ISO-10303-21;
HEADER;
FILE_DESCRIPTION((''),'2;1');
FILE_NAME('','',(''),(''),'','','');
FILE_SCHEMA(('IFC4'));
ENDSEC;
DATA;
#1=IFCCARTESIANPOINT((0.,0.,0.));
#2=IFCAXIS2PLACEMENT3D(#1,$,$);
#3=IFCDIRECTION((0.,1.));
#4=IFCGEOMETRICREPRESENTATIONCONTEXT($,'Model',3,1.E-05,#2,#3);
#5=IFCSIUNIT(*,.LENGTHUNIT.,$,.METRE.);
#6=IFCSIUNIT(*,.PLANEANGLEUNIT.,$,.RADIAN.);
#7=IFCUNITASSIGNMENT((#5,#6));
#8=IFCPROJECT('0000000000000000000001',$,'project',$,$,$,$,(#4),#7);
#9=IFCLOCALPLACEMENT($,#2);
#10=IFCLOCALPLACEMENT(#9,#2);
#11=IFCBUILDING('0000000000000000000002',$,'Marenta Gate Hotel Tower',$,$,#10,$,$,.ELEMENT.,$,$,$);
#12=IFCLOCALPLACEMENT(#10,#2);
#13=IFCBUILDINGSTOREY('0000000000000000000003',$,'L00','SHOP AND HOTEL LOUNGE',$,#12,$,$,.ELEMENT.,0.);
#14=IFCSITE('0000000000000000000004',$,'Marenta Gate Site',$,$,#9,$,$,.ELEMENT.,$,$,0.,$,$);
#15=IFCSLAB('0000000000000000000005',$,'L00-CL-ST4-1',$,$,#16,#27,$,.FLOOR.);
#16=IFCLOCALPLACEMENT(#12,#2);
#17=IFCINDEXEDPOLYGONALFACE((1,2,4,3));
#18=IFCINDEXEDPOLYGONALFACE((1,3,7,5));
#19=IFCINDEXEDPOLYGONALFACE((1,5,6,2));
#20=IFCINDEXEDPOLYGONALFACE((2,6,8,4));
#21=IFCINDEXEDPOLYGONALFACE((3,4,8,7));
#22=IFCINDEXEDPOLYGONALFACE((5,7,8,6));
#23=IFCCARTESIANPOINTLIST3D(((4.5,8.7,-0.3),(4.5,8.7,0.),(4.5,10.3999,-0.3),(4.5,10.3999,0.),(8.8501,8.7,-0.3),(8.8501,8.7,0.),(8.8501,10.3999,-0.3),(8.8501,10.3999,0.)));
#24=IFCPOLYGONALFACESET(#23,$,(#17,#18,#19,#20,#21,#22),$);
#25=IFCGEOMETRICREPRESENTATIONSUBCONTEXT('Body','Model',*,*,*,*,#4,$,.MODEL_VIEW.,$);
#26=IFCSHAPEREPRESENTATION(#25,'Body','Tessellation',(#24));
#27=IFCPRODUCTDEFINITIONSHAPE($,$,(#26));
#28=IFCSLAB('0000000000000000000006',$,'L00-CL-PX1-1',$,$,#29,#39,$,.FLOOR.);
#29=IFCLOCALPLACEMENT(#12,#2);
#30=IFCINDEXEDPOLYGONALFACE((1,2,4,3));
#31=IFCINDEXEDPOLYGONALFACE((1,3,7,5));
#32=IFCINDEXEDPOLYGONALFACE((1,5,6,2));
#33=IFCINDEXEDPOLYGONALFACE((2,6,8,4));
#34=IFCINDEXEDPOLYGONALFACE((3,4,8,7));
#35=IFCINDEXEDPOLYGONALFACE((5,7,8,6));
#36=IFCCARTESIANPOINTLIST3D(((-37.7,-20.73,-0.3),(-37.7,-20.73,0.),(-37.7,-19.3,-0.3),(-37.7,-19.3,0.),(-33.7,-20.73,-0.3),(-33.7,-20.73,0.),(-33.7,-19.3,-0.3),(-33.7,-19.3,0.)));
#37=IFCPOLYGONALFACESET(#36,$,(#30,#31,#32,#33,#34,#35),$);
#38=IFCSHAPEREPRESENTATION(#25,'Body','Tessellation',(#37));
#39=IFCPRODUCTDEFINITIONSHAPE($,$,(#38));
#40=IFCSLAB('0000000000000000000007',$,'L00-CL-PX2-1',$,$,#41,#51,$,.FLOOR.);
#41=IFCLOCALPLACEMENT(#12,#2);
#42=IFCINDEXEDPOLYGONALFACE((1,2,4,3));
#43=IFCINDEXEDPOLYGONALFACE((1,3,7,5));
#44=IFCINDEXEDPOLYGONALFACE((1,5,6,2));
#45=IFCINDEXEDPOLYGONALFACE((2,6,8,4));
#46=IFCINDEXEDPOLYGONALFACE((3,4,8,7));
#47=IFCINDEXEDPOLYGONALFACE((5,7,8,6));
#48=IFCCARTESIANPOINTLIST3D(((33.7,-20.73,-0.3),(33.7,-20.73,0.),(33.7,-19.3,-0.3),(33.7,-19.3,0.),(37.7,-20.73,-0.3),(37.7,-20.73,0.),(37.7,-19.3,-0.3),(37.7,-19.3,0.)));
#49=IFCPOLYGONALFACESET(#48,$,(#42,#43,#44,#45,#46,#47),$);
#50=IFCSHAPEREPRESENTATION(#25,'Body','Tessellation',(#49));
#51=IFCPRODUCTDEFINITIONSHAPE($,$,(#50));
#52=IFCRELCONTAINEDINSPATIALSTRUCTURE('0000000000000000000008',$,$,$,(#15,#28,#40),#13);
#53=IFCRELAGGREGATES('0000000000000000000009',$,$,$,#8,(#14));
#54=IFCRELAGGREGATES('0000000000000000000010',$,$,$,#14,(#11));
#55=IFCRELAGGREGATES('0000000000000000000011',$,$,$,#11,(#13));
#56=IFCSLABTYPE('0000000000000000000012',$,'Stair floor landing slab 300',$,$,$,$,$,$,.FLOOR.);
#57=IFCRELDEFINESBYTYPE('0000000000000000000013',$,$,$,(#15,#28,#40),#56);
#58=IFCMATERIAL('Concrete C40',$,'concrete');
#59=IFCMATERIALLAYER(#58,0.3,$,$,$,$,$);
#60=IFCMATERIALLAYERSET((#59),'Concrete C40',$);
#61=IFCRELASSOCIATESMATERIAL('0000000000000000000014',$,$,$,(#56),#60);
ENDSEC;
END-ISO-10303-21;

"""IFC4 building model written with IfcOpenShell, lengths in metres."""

from ifc_helpers import new_model, si_unit, direction, frame, origin, place, context, subcontext, project, spatial, polyline, outline, extrude, material, layer, layer_set, type_object, element, save


model = new_model("IFC4")

# Units and contexts
model_context = context("Model", 3, precision=1e-05, world=origin(), true_north=direction((0.0, 1.0)))
body_context = subcontext(model_context, "Body", "Model", "MODEL_VIEW")
ifc_project = project(units=[si_unit("LENGTHUNIT", "METRE"), si_unit("PLANEANGLEUNIT", "RADIAN")], contexts=[model_context])

# Site, building, storey
site_placement = place(None, origin())
site = spatial("IfcSite", under=ifc_project, at=site_placement, Name="Marenta Gate Site", CompositionType="ELEMENT", RefElevation=0.0)
building_placement = place(site_placement, origin())
building = spatial("IfcBuilding", under=site, at=building_placement, Name="Marenta Gate Hotel Tower", CompositionType="ELEMENT")
storey_placement = place(building_placement, origin())
storey = spatial("IfcBuildingStorey", under=building, at=storey_placement, Name="L00", Description="SHOP AND HOTEL LOUNGE", CompositionType="ELEMENT", Elevation=0.0)

# Slabs
ifc_material_1 = material(Name="Concrete C40", Category="concrete")
ifc_layer_1 = layer(ifc_material_1, 0.3)
ifc_layer_set_1 = layer_set([ifc_layer_1], Name="Concrete C40")
slab_type_1 = type_object("IfcSlabType", Name="Stair floor landing slab 300", PredefinedType="FLOOR", material=ifc_layer_set_1)
slab_1_placement = place(storey_placement, frame((0.0, 0.0, -0.3)))
element("IfcSlab", 1, at=slab_1_placement, inside=storey, type_object=slab_type_1, Name="L00-CL-ST4-1", PredefinedType="FLOOR", context=body_context, shape_type="SweptSolid", body=[
    extrude(outline(polyline([(4.5, 8.7), (4.5, 10.3999), (8.8501, 10.3999), (8.8501, 8.7), (4.5, 8.7)])), origin(), (0.0, 0.0, 1.0), 0.3),
])
slab_2_placement = place(storey_placement, frame((0.0, 0.0, -0.3)))
element("IfcSlab", 2, at=slab_2_placement, inside=storey, type_object=slab_type_1, Name="L00-CL-PX1-1", PredefinedType="FLOOR", context=body_context, shape_type="SweptSolid", body=[
    extrude(outline(polyline([(-33.7, -20.73), (-37.7, -20.73), (-37.7, -19.3), (-33.7, -19.3), (-33.7, -20.73)])), origin(), (0.0, 0.0, 1.0), 0.3),
])
slab_3_placement = place(storey_placement, frame((0.0, 0.0, -0.3)))
element("IfcSlab", 3, at=slab_3_placement, inside=storey, type_object=slab_type_1, Name="L00-CL-PX2-1", PredefinedType="FLOOR", context=body_context, shape_type="SweptSolid", body=[
    extrude(outline(polyline([(37.7, -20.73), (33.7, -20.73), (33.7, -19.3), (37.7, -19.3), (37.7, -20.73)])), origin(), (0.0, 0.0, 1.0), 0.3),
])

save(model, "model.ifc")
